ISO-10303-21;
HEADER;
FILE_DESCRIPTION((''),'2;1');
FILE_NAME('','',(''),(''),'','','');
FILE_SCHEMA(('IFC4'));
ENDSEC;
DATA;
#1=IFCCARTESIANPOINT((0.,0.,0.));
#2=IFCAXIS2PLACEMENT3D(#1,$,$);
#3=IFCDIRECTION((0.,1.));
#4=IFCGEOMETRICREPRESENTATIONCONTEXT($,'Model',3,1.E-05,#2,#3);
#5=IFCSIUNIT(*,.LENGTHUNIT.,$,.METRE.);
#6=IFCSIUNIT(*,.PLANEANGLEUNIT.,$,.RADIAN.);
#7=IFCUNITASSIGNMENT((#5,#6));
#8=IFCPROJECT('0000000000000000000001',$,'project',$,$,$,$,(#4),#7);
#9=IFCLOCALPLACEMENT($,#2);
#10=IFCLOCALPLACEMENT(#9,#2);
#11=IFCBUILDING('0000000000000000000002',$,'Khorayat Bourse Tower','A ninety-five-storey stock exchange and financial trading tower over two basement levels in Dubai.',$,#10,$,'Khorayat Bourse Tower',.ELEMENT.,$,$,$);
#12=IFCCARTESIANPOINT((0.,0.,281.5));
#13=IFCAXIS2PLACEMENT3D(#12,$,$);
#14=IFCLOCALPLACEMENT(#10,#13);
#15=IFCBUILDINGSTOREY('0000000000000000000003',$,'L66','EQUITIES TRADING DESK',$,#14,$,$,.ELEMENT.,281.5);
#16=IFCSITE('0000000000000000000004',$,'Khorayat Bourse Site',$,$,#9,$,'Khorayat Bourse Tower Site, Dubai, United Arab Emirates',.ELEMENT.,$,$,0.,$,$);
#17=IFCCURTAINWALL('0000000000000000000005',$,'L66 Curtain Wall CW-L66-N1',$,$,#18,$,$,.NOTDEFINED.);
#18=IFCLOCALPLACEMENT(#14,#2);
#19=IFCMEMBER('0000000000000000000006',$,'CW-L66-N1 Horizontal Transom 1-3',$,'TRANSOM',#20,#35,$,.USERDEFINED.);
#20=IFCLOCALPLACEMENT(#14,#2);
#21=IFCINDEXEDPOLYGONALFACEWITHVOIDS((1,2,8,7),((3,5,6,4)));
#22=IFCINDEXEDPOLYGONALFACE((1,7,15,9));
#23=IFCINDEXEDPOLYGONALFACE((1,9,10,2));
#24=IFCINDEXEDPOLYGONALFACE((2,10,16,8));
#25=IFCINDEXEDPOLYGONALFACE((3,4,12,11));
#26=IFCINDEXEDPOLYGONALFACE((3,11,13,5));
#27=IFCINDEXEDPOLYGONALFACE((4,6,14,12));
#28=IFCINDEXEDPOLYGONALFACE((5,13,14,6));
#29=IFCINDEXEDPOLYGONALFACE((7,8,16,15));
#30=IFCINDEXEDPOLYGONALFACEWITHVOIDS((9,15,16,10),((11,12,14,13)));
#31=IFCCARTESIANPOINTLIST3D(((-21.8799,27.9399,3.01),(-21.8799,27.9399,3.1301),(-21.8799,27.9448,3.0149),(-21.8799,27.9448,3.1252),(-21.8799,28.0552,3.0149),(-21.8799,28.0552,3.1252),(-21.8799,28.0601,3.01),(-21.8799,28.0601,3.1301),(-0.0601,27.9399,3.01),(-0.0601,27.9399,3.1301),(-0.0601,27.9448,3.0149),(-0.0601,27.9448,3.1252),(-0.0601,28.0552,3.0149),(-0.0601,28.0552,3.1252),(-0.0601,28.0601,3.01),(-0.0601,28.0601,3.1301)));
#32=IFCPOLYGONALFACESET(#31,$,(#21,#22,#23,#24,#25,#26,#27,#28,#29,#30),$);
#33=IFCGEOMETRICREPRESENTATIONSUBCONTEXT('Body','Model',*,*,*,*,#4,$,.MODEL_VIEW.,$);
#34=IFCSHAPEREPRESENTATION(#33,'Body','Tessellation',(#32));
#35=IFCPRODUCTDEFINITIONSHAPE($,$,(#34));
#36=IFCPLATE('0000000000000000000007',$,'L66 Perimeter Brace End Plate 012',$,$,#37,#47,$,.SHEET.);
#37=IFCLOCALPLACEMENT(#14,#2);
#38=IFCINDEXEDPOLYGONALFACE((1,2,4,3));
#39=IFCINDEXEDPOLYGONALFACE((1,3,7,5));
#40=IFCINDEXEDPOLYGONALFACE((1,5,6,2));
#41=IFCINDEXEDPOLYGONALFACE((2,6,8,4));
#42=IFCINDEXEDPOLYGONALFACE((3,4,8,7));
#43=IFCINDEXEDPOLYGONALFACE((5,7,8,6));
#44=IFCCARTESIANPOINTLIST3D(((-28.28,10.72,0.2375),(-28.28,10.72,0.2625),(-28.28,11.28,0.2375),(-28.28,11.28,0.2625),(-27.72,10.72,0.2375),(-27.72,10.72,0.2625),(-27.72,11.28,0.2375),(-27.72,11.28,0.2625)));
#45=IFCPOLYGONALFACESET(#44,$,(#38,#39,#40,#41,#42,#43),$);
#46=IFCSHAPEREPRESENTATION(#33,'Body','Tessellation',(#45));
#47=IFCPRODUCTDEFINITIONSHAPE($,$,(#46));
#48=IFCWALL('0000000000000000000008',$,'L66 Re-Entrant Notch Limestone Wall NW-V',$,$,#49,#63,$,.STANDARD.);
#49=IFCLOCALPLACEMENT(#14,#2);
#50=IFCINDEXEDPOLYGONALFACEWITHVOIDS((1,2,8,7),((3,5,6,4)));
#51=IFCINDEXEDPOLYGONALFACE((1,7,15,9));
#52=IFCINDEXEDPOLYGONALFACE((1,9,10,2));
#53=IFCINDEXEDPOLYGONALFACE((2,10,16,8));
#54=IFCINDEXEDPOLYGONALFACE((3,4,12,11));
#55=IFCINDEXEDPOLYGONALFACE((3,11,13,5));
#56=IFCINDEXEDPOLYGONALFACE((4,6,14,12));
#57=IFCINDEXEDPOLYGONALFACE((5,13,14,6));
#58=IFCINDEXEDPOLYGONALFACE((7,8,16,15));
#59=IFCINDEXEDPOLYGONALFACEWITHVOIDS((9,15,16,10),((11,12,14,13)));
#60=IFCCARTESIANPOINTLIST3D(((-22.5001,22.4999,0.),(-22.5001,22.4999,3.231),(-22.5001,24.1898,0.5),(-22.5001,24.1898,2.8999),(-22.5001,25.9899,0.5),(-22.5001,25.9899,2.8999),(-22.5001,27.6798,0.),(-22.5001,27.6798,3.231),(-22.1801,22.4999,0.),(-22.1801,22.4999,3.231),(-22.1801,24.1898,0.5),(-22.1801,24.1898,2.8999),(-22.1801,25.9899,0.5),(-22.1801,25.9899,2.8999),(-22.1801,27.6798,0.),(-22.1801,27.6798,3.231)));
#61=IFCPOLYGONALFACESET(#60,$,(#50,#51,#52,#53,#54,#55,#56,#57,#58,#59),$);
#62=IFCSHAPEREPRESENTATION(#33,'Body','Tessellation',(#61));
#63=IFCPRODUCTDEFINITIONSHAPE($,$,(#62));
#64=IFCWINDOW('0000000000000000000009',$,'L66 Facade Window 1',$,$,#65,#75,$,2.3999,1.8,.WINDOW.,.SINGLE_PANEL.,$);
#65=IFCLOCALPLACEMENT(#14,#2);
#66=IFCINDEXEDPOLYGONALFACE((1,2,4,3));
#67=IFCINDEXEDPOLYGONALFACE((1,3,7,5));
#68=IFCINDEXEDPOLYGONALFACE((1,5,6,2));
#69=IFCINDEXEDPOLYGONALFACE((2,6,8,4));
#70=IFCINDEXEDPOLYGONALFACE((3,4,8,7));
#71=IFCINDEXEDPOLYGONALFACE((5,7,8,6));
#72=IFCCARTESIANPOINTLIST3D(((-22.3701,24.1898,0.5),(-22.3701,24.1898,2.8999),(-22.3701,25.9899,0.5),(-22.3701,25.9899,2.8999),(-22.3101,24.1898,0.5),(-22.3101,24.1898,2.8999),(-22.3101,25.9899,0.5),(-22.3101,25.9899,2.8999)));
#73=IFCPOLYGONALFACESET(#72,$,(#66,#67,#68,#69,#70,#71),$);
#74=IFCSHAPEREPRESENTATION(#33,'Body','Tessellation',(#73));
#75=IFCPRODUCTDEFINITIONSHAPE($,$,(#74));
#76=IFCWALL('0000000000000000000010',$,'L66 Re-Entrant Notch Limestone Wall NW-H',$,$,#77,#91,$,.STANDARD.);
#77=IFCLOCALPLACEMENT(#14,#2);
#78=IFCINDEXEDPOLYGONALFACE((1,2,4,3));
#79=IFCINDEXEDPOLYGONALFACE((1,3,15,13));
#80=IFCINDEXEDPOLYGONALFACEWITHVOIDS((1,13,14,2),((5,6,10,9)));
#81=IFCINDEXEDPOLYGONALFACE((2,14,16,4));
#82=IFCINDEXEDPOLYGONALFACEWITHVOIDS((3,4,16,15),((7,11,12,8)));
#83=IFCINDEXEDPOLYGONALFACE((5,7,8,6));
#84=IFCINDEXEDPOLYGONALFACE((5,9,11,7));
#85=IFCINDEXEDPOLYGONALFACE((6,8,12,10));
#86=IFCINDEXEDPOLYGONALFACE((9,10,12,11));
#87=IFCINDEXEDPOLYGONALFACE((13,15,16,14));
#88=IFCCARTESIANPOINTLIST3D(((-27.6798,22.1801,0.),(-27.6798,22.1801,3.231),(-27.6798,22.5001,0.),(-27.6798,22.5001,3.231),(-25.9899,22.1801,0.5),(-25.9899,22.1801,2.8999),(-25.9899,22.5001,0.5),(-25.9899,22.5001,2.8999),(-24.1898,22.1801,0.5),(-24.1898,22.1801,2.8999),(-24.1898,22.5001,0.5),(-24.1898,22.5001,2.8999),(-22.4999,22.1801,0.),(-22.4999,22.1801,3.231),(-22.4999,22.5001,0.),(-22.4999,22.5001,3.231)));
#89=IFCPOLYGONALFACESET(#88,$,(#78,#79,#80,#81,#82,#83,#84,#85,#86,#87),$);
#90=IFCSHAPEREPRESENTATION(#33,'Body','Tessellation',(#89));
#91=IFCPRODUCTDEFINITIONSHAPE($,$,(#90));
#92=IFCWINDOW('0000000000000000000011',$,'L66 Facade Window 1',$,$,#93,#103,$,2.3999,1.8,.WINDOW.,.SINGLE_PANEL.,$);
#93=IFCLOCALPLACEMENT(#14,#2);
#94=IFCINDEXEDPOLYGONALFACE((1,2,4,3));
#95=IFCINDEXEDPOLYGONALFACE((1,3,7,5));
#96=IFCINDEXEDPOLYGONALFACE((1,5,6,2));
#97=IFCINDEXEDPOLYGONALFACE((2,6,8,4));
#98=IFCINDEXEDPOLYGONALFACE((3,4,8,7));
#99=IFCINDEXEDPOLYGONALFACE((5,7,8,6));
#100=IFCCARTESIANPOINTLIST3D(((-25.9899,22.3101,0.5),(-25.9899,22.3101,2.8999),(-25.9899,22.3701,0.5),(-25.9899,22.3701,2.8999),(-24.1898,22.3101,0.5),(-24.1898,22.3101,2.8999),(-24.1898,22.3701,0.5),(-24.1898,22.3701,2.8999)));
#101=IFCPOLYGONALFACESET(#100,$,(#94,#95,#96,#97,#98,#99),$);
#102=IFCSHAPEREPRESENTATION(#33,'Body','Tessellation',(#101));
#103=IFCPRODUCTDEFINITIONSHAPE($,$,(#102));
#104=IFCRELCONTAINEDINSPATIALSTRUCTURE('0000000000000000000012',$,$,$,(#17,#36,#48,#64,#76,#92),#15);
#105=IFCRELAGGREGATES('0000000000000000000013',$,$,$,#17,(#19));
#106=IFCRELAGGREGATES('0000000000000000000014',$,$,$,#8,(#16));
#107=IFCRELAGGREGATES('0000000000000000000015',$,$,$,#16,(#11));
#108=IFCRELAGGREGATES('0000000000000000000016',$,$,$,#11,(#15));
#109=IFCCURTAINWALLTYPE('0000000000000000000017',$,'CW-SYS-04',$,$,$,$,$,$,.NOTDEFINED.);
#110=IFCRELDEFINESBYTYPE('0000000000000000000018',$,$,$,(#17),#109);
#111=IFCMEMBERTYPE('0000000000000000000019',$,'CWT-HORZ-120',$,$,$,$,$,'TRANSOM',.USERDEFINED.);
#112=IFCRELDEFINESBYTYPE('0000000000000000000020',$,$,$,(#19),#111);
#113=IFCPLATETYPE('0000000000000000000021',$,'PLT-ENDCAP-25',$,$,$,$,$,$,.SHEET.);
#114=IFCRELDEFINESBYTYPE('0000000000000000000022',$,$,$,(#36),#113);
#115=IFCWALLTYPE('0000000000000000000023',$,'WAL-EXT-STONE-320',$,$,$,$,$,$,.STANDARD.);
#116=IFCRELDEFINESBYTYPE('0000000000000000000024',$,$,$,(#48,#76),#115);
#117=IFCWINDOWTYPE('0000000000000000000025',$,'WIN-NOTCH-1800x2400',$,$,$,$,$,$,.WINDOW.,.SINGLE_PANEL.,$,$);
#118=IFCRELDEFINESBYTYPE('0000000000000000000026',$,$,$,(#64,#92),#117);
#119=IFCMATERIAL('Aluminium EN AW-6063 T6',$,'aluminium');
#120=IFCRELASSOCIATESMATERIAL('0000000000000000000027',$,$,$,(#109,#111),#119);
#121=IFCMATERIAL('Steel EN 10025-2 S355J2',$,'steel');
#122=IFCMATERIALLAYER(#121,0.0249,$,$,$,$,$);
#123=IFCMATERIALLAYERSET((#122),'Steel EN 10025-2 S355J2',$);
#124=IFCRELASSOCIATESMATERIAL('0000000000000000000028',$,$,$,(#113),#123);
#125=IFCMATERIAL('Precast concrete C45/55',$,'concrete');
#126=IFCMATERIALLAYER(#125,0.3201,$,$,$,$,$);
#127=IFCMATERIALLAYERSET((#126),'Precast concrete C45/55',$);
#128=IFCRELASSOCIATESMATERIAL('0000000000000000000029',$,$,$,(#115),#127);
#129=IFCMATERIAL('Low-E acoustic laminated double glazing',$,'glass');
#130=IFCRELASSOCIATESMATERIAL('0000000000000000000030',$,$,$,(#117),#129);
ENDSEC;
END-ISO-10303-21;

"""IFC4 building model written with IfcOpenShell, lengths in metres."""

from ifc_helpers import new_model, si_unit, direction, frame, frame_2d, origin, origin_2d, place, context, subcontext, project, spatial, rectangle, hollow_rectangle, extrude, source, transform, mapped, material, layer, layer_set, material_profile, profile_set, type_object, element, fill, aggregate, save


model = new_model("IFC4")

# Units and contexts
model_context = context("Model", 3, precision=1e-05, world=origin(), true_north=direction((0.0, 1.0)))
body_context = subcontext(model_context, "Body", "Model", "MODEL_VIEW")
ifc_project = project(units=[si_unit("LENGTHUNIT", "METRE"), si_unit("PLANEANGLEUNIT", "RADIAN")], contexts=[model_context])

# Site, building, storey
site_placement = place(None, origin())
site = spatial("IfcSite", under=ifc_project, at=site_placement, Name="Khorayat Bourse Site", LongName="Khorayat Bourse Tower Site, Dubai, United Arab Emirates", CompositionType="ELEMENT", RefElevation=0.0)
building_placement = place(site_placement, origin())
building = spatial("IfcBuilding", under=site, at=building_placement, Name="Khorayat Bourse Tower", Description="A ninety-five-storey stock exchange and financial trading tower over two basement levels in Dubai.", LongName="Khorayat Bourse Tower", CompositionType="ELEMENT")
storey_placement = place(building_placement, frame((0.0, 0.0, 281.5)))
storey = spatial("IfcBuildingStorey", under=building, at=storey_placement, Name="L66", Description="EQUITIES TRADING DESK", CompositionType="ELEMENT", Elevation=281.5)

# Curtain wall
ifc_material_1 = material(Name="Aluminium EN AW-6063 T6", Category="aluminium")
curtain_wall_type = type_object("IfcCurtainWallType", Name="CW-SYS-04", PredefinedType="NOTDEFINED", material=ifc_material_1)
curtain_wall_1_placement = place(storey_placement, origin())
curtain_wall_1 = element("IfcCurtainWall", 1, at=curtain_wall_1_placement, inside=storey, type_object=curtain_wall_type, Name="L66 Curtain Wall CW-L66-N1", PredefinedType="NOTDEFINED")

# Member
ifc_material_profile_1 = material_profile(ifc_material_1, hollow_rectangle(XDim=0.1201, YDim=0.1201, WallThickness=0.0049, at=origin_2d()), Name="ALU 120x120x5")
ifc_profile_set_1 = profile_set([ifc_material_profile_1], Name="Aluminium EN AW-6063 T6")
member_type_1 = type_object("IfcMemberType", Name="CWT-HORZ-120", ElementType="TRANSOM", PredefinedType="USERDEFINED", material=ifc_profile_set_1)
shared_shape_1 = source(origin(), body_context, "Body", "SweptSolid", [
    extrude(hollow_rectangle(XDim=0.1201, YDim=0.1201, WallThickness=0.0049, at=origin_2d()), origin(), (0.0, 0.0, 1.0), 21.8198),
])
member_1_placement = place(storey_placement, frame((-21.8799, 28.0, 3.0701), z_axis=(1.0, 0.0, 0.0), x_axis=(0.0, 1.0, 0.0)))
member_1 = element("IfcMember", 2, at=member_1_placement, type_object=member_type_1, Name="CW-L66-N1 Horizontal Transom 1-3", ObjectType="TRANSOM", PredefinedType="USERDEFINED", context=body_context, shape_type="MappedRepresentation", body=[
    mapped(shared_shape_1, transform((0.0, 0.0, 0.0), scale=1.0)),
])
aggregate(curtain_wall_1, [member_1])

# Plate
ifc_material_2 = material(Name="Steel EN 10025-2 S355J2", Category="steel")
ifc_layer_1 = layer(ifc_material_2, 0.0249)
ifc_layer_set_1 = layer_set([ifc_layer_1], Name="Steel EN 10025-2 S355J2")
plate_type = type_object("IfcPlateType", Name="PLT-ENDCAP-25", PredefinedType="SHEET", material=ifc_layer_set_1)
shared_shape_2 = source(origin(), body_context, "Body", "SweptSolid", [
    extrude(rectangle(XDim=0.5601, YDim=0.5601, at=origin_2d()), origin(), (0.0, 0.0, 1.0), 0.0249),
])
plate_placement = place(storey_placement, frame((-28.0, 11.0, 0.2375), z_axis=(0.0, 0.0, 1.0), x_axis=(1.0, 0.0, 0.0)))
element("IfcPlate", 3, at=plate_placement, inside=storey, type_object=plate_type, Name="L66 Perimeter Brace End Plate 012", PredefinedType="SHEET", context=body_context, shape_type="MappedRepresentation", body=[
    mapped(shared_shape_2, transform((0.0, 0.0, 0.0), scale=1.0)),
])

# Walls, openings, windows
ifc_material_3 = material(Name="Precast concrete C45/55", Category="concrete")
ifc_layer_2 = layer(ifc_material_3, 0.3201)
ifc_layer_set_2 = layer_set([ifc_layer_2], Name="Precast concrete C45/55")
wall_type = type_object("IfcWallType", Name="WAL-EXT-STONE-320", PredefinedType="STANDARD", material=ifc_layer_set_2)
shared_shape_3 = source(origin(), body_context, "Body", "SweptSolid", [
    extrude(rectangle(XDim=5.1799, YDim=0.3201, at=frame_2d((2.5898, 0.0))), origin(), (0.0, 0.0, 1.0), 3.231),
])
wall_1_placement = place(storey_placement, frame((-22.3401, 22.5, 0.0), z_axis=(0.0, 0.0, 1.0), x_axis=(0.0, 1.0, 0.0)))
wall_1 = element("IfcWall", 4, at=wall_1_placement, inside=storey, type_object=wall_type, Name="L66 Re-Entrant Notch Limestone Wall NW-V", PredefinedType="STANDARD", context=body_context, shape_type="MappedRepresentation", body=[
    mapped(shared_shape_3, transform((0.0, 0.0, 0.0), scale=1.0)),
])
shared_shape_4 = source(origin(), body_context, "Body", "SweptSolid", [
    extrude(rectangle(XDim=1.8, YDim=2.3999, at=frame_2d((0.8999, 1.2))), frame((0.0, 0.1699, 0.0), z_axis=(0.0, -1.0, 0.0), x_axis=(1.0, 0.0, 0.0)), (0.0, 0.0, 1.0), 0.3401),
])
opening_1_placement = place(wall_1_placement, frame((1.6899, 0.0, 0.5)))
opening_1 = element("IfcOpeningElement", 5, at=opening_1_placement, cuts=wall_1, PredefinedType="OPENING", context=body_context, shape_type="MappedRepresentation", body=[
    mapped(shared_shape_4, transform((0.0, 0.0, 0.0), scale=1.0)),
])
ifc_material_4 = material(Name="Low-E acoustic laminated double glazing", Category="glass")
window_type = type_object("IfcWindowType", Name="WIN-NOTCH-1800x2400", PartitioningType="SINGLE_PANEL", PredefinedType="WINDOW", material=ifc_material_4)
shared_shape_5 = source(origin(), body_context, "Body", "SweptSolid", [
    extrude(rectangle(XDim=1.8, YDim=2.3999, at=frame_2d((0.8999, 1.2))), frame((0.0, 0.03, 0.0), z_axis=(0.0, -1.0, 0.0), x_axis=(1.0, 0.0, 0.0)), (0.0, 0.0, 1.0), 0.0601),
])
window_1_placement = place(opening_1_placement, origin())
window_1 = element("IfcWindow", 6, at=window_1_placement, inside=storey, type_object=window_type, Name="L66 Facade Window 1", OverallHeight=2.3999, OverallWidth=1.8, PartitioningType="SINGLE_PANEL", PredefinedType="WINDOW", context=body_context, shape_type="MappedRepresentation", body=[
    mapped(shared_shape_5, transform((0.0, 0.0, 0.0), scale=1.0)),
])
fill(opening_1, window_1)
wall_2_placement = place(storey_placement, frame((-22.5, 22.3401, 0.0), z_axis=(0.0, 0.0, 1.0), x_axis=(-1.0, 0.0, 0.0)))
wall_2 = element("IfcWall", 7, at=wall_2_placement, inside=storey, type_object=wall_type, Name="L66 Re-Entrant Notch Limestone Wall NW-H", PredefinedType="STANDARD", context=body_context, shape_type="MappedRepresentation", body=[
    mapped(shared_shape_3, transform((0.0, 0.0, 0.0), scale=1.0)),
])
opening_2_placement = place(wall_2_placement, frame((1.6899, 0.0, 0.5)))
opening_2 = element("IfcOpeningElement", 8, at=opening_2_placement, cuts=wall_2, PredefinedType="OPENING", context=body_context, shape_type="MappedRepresentation", body=[
    mapped(shared_shape_4, transform((0.0, 0.0, 0.0), scale=1.0)),
])
window_2_placement = place(opening_2_placement, origin())
window_2 = element("IfcWindow", 9, at=window_2_placement, inside=storey, type_object=window_type, Name="L66 Facade Window 1", OverallHeight=2.3999, OverallWidth=1.8, PartitioningType="SINGLE_PANEL", PredefinedType="WINDOW", context=body_context, shape_type="MappedRepresentation", body=[
    mapped(shared_shape_5, transform((0.0, 0.0, 0.0), scale=1.0)),
])
fill(opening_2, window_2)

save(model, "model.ifc")
